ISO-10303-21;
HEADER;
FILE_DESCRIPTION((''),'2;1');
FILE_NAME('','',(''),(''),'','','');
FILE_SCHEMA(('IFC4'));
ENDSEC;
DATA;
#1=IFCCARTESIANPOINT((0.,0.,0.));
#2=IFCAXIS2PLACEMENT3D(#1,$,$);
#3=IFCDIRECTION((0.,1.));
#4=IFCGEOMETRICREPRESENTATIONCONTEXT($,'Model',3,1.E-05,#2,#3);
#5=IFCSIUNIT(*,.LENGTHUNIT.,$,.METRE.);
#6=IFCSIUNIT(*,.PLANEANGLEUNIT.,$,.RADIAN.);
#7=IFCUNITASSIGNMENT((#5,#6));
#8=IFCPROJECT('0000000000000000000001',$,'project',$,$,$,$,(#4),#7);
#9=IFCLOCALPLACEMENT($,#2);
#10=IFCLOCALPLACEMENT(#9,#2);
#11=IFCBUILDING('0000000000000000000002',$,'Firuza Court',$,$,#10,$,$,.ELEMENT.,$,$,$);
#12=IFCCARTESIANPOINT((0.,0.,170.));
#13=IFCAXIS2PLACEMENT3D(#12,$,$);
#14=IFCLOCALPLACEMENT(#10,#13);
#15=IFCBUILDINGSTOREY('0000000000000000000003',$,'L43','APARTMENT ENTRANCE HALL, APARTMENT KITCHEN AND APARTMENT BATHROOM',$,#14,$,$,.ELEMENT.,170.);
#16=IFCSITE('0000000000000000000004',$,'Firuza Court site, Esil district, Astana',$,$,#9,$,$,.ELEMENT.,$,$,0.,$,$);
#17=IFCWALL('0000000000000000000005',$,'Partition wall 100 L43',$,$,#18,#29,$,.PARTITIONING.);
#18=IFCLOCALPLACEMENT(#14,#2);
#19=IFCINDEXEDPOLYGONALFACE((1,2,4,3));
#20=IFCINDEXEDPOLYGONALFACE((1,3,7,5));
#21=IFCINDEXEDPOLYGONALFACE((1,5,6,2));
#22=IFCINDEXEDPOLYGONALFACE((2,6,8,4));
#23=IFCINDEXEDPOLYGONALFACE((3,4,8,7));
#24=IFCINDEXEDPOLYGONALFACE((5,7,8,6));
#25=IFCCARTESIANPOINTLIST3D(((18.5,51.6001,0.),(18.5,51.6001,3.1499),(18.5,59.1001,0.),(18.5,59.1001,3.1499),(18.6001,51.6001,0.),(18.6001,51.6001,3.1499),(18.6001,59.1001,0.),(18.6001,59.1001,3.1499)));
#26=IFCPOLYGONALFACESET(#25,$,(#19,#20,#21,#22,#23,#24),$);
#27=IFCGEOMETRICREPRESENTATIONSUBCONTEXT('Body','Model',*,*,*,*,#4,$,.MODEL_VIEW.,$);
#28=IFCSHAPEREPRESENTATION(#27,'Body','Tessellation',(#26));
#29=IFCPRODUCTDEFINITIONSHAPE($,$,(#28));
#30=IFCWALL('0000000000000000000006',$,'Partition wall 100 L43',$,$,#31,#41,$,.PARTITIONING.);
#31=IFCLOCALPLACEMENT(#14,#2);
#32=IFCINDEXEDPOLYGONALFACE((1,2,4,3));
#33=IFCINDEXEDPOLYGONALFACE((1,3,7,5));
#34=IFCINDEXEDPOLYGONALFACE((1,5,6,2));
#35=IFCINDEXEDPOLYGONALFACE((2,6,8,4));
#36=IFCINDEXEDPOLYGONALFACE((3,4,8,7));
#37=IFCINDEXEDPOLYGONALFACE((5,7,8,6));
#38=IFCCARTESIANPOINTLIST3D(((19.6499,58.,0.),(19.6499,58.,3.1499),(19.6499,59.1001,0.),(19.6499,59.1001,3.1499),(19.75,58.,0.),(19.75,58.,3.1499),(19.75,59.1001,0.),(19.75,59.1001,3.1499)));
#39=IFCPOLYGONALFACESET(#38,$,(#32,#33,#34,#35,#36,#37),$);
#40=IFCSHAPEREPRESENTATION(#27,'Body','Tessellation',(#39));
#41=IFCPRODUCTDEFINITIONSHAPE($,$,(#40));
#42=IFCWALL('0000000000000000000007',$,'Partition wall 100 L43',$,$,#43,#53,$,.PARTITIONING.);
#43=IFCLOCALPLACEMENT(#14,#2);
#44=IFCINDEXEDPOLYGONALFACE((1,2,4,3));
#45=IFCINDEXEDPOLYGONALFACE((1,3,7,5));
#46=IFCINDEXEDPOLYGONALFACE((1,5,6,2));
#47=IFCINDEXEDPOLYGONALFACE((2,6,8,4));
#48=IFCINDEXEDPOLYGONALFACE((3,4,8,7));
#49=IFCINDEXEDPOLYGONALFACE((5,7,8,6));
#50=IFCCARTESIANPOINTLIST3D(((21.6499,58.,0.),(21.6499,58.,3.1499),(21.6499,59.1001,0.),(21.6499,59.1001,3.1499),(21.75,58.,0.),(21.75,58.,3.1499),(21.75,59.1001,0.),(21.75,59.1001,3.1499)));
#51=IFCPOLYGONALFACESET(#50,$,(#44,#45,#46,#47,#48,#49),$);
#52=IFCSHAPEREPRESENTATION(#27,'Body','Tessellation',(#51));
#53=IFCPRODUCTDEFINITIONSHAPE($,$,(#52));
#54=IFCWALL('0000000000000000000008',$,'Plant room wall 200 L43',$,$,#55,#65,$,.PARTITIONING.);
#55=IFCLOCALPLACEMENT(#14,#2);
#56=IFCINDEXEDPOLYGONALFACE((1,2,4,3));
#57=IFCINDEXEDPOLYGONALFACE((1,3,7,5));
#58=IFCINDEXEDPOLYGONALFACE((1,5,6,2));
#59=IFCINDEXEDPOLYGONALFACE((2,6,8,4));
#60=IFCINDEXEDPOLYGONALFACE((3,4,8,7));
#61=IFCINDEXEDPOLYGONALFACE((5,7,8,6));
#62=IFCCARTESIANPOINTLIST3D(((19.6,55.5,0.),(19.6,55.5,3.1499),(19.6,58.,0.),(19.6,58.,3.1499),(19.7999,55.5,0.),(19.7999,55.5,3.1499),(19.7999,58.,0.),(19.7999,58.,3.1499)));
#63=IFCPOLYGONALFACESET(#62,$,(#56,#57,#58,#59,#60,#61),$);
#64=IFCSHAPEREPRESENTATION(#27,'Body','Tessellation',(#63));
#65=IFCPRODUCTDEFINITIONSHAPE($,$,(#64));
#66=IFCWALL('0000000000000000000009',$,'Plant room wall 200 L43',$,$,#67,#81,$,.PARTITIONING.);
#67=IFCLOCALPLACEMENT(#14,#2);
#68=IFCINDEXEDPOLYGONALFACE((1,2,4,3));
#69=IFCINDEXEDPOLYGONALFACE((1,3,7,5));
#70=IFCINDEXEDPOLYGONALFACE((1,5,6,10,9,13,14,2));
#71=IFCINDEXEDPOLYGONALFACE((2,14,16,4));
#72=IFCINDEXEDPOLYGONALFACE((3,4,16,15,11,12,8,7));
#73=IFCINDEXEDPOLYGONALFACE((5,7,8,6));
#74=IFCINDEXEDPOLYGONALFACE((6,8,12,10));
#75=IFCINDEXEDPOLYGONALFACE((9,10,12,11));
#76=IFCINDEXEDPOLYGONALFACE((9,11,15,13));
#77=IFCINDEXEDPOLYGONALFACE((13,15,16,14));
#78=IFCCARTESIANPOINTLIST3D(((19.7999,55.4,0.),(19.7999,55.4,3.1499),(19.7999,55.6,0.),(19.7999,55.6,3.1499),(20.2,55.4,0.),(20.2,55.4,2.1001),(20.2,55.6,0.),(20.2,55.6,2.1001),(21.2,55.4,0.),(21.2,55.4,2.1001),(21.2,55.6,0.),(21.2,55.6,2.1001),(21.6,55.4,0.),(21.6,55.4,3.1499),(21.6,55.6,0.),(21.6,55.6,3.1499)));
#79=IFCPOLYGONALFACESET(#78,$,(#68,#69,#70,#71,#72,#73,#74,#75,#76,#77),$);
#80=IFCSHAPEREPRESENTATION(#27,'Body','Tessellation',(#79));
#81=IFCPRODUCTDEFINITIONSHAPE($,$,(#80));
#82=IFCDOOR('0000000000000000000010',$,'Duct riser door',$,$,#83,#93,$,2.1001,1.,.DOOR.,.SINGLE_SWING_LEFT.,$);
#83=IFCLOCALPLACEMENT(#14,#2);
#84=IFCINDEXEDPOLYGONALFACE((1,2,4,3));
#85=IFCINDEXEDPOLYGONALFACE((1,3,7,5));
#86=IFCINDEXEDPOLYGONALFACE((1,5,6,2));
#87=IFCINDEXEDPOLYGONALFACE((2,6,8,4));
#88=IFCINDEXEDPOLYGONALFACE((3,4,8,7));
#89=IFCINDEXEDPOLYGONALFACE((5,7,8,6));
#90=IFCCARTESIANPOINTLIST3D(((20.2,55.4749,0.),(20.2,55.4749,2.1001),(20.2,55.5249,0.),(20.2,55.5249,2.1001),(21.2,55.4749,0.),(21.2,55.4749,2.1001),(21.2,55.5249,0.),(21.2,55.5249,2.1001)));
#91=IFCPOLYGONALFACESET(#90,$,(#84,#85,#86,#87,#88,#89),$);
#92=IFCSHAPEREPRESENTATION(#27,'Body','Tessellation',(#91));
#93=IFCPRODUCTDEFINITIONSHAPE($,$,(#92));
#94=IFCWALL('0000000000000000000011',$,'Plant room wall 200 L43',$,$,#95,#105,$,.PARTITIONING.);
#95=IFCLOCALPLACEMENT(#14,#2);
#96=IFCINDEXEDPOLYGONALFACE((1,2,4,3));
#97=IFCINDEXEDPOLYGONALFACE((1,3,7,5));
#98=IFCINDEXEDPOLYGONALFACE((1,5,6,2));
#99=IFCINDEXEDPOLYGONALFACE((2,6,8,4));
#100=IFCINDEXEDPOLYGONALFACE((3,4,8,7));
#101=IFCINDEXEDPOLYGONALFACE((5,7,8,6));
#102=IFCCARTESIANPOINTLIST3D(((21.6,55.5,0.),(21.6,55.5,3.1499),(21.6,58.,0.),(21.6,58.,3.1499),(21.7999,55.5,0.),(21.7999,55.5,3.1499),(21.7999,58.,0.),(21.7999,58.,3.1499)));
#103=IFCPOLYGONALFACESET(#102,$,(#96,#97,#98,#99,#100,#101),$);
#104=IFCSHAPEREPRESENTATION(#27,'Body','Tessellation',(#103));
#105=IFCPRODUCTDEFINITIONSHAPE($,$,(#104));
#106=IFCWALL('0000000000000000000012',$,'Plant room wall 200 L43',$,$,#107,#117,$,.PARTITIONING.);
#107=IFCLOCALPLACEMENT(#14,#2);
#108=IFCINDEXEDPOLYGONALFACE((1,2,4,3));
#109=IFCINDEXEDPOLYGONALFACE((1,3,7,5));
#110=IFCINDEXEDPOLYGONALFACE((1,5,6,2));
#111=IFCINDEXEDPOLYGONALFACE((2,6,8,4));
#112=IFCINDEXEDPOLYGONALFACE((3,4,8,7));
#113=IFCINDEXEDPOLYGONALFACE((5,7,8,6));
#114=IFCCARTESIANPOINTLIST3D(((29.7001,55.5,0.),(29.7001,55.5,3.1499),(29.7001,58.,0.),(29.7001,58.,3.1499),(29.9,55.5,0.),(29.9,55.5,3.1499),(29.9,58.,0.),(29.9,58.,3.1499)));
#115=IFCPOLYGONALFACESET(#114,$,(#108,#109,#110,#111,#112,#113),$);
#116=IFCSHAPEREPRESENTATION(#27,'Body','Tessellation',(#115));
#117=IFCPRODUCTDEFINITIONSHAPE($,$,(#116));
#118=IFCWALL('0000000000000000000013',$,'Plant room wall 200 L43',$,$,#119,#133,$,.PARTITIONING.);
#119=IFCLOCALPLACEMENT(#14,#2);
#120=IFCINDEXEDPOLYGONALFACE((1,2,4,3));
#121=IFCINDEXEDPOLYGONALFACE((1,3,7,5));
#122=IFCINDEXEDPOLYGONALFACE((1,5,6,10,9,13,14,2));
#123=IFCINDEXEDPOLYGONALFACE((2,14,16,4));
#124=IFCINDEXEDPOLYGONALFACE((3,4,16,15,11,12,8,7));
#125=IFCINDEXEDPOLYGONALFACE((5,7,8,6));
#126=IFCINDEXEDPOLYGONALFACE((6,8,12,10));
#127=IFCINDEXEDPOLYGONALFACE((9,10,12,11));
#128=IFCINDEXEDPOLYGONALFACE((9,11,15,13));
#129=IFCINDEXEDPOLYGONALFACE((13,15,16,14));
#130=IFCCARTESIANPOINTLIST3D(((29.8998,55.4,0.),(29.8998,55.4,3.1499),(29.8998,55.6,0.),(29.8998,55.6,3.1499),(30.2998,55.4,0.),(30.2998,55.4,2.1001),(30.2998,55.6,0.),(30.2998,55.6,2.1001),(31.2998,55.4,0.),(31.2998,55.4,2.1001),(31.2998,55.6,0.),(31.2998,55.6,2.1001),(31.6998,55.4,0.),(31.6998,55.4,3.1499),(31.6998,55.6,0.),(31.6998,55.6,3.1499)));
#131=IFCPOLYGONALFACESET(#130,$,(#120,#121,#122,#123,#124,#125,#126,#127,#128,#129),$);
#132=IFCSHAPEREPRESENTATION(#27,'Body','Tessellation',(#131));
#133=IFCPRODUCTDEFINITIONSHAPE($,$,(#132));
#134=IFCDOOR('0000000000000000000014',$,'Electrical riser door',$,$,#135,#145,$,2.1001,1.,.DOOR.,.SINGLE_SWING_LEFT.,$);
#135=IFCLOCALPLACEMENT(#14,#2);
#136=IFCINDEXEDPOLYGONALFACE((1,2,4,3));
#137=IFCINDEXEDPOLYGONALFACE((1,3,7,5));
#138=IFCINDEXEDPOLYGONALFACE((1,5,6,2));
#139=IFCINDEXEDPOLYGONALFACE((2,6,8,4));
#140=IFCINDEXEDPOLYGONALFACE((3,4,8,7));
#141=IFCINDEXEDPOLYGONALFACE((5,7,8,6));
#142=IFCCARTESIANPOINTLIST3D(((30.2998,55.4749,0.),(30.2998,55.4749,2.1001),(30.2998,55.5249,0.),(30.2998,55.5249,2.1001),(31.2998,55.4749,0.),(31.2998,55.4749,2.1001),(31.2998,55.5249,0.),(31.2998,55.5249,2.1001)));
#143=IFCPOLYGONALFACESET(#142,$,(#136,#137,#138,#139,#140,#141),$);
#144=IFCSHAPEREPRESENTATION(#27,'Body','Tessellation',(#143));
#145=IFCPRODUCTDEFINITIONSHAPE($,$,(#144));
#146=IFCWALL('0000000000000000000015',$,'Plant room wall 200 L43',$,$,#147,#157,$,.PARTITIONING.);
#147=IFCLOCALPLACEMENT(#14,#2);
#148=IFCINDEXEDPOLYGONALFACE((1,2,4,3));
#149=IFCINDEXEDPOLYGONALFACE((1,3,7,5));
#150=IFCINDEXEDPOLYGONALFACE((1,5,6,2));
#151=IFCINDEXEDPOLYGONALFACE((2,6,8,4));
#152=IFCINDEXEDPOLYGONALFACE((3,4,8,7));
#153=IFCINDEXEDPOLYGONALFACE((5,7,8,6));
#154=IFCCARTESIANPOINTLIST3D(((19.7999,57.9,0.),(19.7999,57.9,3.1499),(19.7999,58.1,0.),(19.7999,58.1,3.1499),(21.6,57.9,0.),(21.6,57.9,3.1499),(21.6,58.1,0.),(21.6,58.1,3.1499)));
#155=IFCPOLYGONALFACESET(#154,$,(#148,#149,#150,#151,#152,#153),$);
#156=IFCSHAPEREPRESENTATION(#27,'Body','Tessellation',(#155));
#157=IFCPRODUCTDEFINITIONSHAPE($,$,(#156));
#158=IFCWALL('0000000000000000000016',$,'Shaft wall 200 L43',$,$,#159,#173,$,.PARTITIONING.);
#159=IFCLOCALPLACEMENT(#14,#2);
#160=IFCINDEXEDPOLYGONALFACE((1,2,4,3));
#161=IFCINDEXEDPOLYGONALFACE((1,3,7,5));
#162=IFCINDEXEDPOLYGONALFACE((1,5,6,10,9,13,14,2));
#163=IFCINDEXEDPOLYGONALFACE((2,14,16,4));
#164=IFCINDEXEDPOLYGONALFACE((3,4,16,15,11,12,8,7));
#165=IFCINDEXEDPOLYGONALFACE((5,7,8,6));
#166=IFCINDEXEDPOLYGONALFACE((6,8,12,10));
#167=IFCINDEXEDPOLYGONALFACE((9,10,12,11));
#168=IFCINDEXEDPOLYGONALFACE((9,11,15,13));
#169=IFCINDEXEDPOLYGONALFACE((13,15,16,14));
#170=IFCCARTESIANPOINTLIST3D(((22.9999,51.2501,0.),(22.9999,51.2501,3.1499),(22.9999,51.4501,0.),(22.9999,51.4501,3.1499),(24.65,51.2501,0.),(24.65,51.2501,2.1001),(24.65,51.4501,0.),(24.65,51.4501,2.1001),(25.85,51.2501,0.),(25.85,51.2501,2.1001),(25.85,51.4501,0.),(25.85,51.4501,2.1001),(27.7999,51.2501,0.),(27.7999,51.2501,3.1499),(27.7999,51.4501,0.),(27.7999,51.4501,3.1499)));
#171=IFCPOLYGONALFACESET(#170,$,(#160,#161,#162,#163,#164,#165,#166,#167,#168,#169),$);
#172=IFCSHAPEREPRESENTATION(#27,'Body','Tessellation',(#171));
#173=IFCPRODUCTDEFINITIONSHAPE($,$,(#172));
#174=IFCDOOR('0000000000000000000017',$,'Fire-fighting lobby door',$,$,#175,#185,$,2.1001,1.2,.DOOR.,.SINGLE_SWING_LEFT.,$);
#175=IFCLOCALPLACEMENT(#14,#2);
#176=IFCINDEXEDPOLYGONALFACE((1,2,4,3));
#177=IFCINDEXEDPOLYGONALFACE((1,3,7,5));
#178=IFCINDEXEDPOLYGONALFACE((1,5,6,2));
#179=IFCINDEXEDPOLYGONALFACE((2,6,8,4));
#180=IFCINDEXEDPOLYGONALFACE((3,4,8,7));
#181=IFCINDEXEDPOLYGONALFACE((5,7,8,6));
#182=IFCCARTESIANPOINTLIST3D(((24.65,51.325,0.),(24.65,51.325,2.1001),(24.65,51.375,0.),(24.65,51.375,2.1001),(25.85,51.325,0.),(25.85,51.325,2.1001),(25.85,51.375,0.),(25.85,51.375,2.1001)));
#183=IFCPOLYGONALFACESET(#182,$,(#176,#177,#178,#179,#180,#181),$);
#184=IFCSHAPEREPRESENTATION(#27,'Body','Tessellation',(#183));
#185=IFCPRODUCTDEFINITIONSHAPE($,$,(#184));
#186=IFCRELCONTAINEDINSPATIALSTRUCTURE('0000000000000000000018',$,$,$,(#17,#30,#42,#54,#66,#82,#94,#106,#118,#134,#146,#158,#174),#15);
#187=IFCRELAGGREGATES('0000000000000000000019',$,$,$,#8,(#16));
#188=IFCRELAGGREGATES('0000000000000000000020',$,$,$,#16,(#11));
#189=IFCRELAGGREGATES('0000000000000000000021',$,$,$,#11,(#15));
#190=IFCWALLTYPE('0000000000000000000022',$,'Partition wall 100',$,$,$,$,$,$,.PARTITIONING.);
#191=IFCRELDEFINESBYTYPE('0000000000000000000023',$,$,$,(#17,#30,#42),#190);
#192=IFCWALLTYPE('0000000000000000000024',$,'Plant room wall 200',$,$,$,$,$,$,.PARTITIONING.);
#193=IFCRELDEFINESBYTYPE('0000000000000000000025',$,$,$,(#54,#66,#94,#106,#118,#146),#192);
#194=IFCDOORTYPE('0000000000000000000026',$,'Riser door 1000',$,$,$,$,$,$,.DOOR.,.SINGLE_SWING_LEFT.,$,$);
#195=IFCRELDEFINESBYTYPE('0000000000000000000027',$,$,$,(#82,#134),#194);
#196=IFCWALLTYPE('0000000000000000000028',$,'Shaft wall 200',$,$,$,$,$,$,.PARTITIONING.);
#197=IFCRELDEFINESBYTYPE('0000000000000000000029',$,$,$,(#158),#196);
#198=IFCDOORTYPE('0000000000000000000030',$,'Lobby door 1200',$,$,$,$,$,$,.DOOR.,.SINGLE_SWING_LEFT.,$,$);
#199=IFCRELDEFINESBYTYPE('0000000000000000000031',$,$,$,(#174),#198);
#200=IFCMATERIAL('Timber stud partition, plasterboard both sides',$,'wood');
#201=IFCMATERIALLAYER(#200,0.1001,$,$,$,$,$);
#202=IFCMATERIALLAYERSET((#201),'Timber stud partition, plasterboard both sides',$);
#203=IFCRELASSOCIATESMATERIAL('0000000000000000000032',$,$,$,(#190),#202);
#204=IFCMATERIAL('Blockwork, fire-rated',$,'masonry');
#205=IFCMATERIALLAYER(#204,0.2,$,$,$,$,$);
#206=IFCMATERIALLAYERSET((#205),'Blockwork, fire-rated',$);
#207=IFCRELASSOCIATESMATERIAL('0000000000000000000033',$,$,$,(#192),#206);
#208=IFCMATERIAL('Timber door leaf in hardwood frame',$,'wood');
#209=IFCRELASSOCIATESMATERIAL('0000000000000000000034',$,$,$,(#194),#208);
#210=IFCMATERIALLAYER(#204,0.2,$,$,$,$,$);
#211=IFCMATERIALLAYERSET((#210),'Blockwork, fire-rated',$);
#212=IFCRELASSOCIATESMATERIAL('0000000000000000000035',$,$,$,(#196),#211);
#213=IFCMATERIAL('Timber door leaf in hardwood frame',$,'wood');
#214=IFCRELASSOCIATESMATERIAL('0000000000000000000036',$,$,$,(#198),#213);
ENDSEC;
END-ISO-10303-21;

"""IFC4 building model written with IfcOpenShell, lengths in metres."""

from ifc_helpers import new_model, si_unit, direction, frame, frame_2d, origin, place, context, subcontext, project, spatial, rectangle, extrude, material, layer, layer_set, type_object, element, fill, save


model = new_model("IFC4")

# Units and contexts
model_context = context("Model", 3, precision=1e-05, world=origin(), true_north=direction((0.0, 1.0)))
body_context = subcontext(model_context, "Body", "Model", "MODEL_VIEW")
ifc_project = project(units=[si_unit("LENGTHUNIT", "METRE"), si_unit("PLANEANGLEUNIT", "RADIAN")], contexts=[model_context])

# Site, building, storey
site_placement = place(None, origin())
site = spatial("IfcSite", under=ifc_project, at=site_placement, Name="Firuza Court site, Esil district, Astana", CompositionType="ELEMENT", RefElevation=0.0)
building_placement = place(site_placement, origin())
building = spatial("IfcBuilding", under=site, at=building_placement, Name="Firuza Court", CompositionType="ELEMENT")
storey_placement = place(building_placement, frame((0.0, 0.0, 170.0)))
storey = spatial("IfcBuildingStorey", under=building, at=storey_placement, Name="L43", Description="APARTMENT ENTRANCE HALL, APARTMENT KITCHEN AND APARTMENT BATHROOM", CompositionType="ELEMENT", Elevation=170.0)

# Walls
ifc_material_1 = material(Name="Timber stud partition, plasterboard both sides", Category="wood")
ifc_layer_1 = layer(ifc_material_1, 0.1001)
ifc_layer_set_1 = layer_set([ifc_layer_1], Name="Timber stud partition, plasterboard both sides")
wall_type_1 = type_object("IfcWallType", Name="Partition wall 100", PredefinedType="PARTITIONING", material=ifc_layer_set_1)
wall_1_placement = place(storey_placement, frame((18.55, 51.6001, 0.0), z_axis=(0.0, 0.0, 1.0), x_axis=(0.0, 1.0, 0.0)))
element("IfcWall", 1, at=wall_1_placement, inside=storey, type_object=wall_type_1, Name="Partition wall 100 L43", PredefinedType="PARTITIONING", context=body_context, shape_type="SweptSolid", body=[
    extrude(rectangle(XDim=7.5, YDim=0.1001, at=frame_2d((3.75, 0.0))), origin(), (0.0, 0.0, 1.0), 3.1499),
])
for number, where, z_axis, x_axis, name in (
    (2, (19.7, 58.0, 0.0), (0.0, 0.0, 1.0), (0.0, 1.0, 0.0), "Partition wall 100 L43"),
    (3, (21.7, 58.0, 0.0), (0.0, 0.0, 1.0), (0.0, 1.0, 0.0), "Partition wall 100 L43"),
):
    element("IfcWall", number, at=place(storey_placement, frame(where, z_axis=z_axis, x_axis=x_axis)), inside=storey, type_object=wall_type_1, Name=name, PredefinedType="PARTITIONING", context=body_context, shape_type="SweptSolid", body=[
        extrude(rectangle(XDim=1.1001, YDim=0.1001, at=frame_2d((0.55, 0.0))), origin(), (0.0, 0.0, 1.0), 3.1499),
    ])
ifc_material_2 = material(Name="Blockwork, fire-rated", Category="masonry")
ifc_layer_2 = layer(ifc_material_2, 0.2)
ifc_layer_set_2 = layer_set([ifc_layer_2], Name="Blockwork, fire-rated")
wall_type_2 = type_object("IfcWallType", Name="Plant room wall 200", PredefinedType="PARTITIONING", material=ifc_layer_set_2)
wall_2_placement = place(storey_placement, frame((19.7, 55.5, 0.0), z_axis=(0.0, 0.0, 1.0), x_axis=(0.0, 1.0, 0.0)))
element("IfcWall", 4, at=wall_2_placement, inside=storey, type_object=wall_type_2, Name="Plant room wall 200 L43", PredefinedType="PARTITIONING", context=body_context, shape_type="SweptSolid", body=[
    extrude(rectangle(XDim=2.5, YDim=0.2, at=frame_2d((1.25, 0.0))), origin(), (0.0, 0.0, 1.0), 3.1499),
])

# Wall, opening, door
wall_3_placement = place(storey_placement, frame((19.8, 55.5, 0.0), z_axis=(0.0, 0.0, 1.0), x_axis=(1.0, 0.0, 0.0)))
wall_3 = element("IfcWall", 5, at=wall_3_placement, inside=storey, type_object=wall_type_2, Name="Plant room wall 200 L43", PredefinedType="PARTITIONING", context=body_context, shape_type="SweptSolid", body=[
    extrude(rectangle(XDim=1.8, YDim=0.2, at=frame_2d((0.8999, 0.0))), origin(), (0.0, 0.0, 1.0), 3.1499),
])
opening_1_placement = place(wall_3_placement, frame((0.3999, 0.0, 0.0)))
opening_1 = element("IfcOpeningElement", 6, at=opening_1_placement, cuts=wall_3, PredefinedType="OPENING", context=body_context, shape_type="SweptSolid", body=[
    extrude(rectangle(XDim=1.0, YDim=2.1001, at=frame_2d((0.5, 1.05))), frame((0.0, 0.1118, 0.0), z_axis=(0.0, -1.0, 0.0), x_axis=(1.0, 0.0, 0.0)), (0.0, 0.0, 1.0), 0.2239),
])
ifc_material_3 = material(Name="Timber door leaf in hardwood frame", Category="wood")
door_type_1 = type_object("IfcDoorType", Name="Riser door 1000", OperationType="SINGLE_SWING_LEFT", PredefinedType="DOOR", material=ifc_material_3)
door_1_placement = place(opening_1_placement, origin())
door_1 = element("IfcDoor", 7, at=door_1_placement, inside=storey, type_object=door_type_1, Name="Duct riser door", OperationType="SINGLE_SWING_LEFT", OverallHeight=2.1001, OverallWidth=1.0, PredefinedType="DOOR", context=body_context, shape_type="SweptSolid", body=[
    extrude(rectangle(XDim=1.0, YDim=2.1001, at=frame_2d((0.5, 1.05))), frame((0.0, 0.0249, 0.0), z_axis=(0.0, -1.0, 0.0), x_axis=(1.0, 0.0, 0.0)), (0.0, 0.0, 1.0), 0.05),
])
fill(opening_1, door_1)

# Walls
for number, where, z_axis, x_axis, name in (
    (8, (21.7, 55.5, 0.0), (0.0, 0.0, 1.0), (0.0, 1.0, 0.0), "Plant room wall 200 L43"),
    (9, (29.8, 55.5, 0.0), (0.0, 0.0, 1.0), (0.0, 1.0, 0.0), "Plant room wall 200 L43"),
):
    element("IfcWall", number, at=place(storey_placement, frame(where, z_axis=z_axis, x_axis=x_axis)), inside=storey, type_object=wall_type_2, Name=name, PredefinedType="PARTITIONING", context=body_context, shape_type="SweptSolid", body=[
        extrude(rectangle(XDim=2.5, YDim=0.2, at=frame_2d((1.25, 0.0))), origin(), (0.0, 0.0, 1.0), 3.1499),
    ])

# Wall, opening, door
wall_4_placement = place(storey_placement, frame((29.8999, 55.5, 0.0), z_axis=(0.0, 0.0, 1.0), x_axis=(1.0, 0.0, 0.0)))
wall_4 = element("IfcWall", 10, at=wall_4_placement, inside=storey, type_object=wall_type_2, Name="Plant room wall 200 L43", PredefinedType="PARTITIONING", context=body_context, shape_type="SweptSolid", body=[
    extrude(rectangle(XDim=1.8, YDim=0.2, at=frame_2d((0.8999, 0.0))), origin(), (0.0, 0.0, 1.0), 3.1499),
])
opening_2_placement = place(wall_4_placement, frame((0.3999, 0.0, 0.0)))
opening_2 = element("IfcOpeningElement", 11, at=opening_2_placement, cuts=wall_4, PredefinedType="OPENING", context=body_context, shape_type="SweptSolid", body=[
    extrude(rectangle(XDim=1.0, YDim=2.1001, at=frame_2d((0.5, 1.05))), frame((0.0, 0.1118, 0.0), z_axis=(0.0, -1.0, 0.0), x_axis=(1.0, 0.0, 0.0)), (0.0, 0.0, 1.0), 0.2239),
])
door_2_placement = place(opening_2_placement, origin())
door_2 = element("IfcDoor", 12, at=door_2_placement, inside=storey, type_object=door_type_1, Name="Electrical riser door", OperationType="SINGLE_SWING_LEFT", OverallHeight=2.1001, OverallWidth=1.0, PredefinedType="DOOR", context=body_context, shape_type="SweptSolid", body=[
    extrude(rectangle(XDim=1.0, YDim=2.1001, at=frame_2d((0.5, 1.05))), frame((0.0, 0.0249, 0.0), z_axis=(0.0, -1.0, 0.0), x_axis=(1.0, 0.0, 0.0)), (0.0, 0.0, 1.0), 0.05),
])
fill(opening_2, door_2)

# Wall
wall_5_placement = place(storey_placement, frame((19.8, 58.0, 0.0), z_axis=(0.0, 0.0, 1.0), x_axis=(1.0, 0.0, 0.0)))
element("IfcWall", 13, at=wall_5_placement, inside=storey, type_object=wall_type_2, Name="Plant room wall 200 L43", PredefinedType="PARTITIONING", context=body_context, shape_type="SweptSolid", body=[
    extrude(rectangle(XDim=1.8, YDim=0.2, at=frame_2d((0.8999, 0.0))), origin(), (0.0, 0.0, 1.0), 3.1499),
])

# Wall, opening, door
ifc_layer_3 = layer(ifc_material_2, 0.2)
ifc_layer_set_3 = layer_set([ifc_layer_3], Name="Blockwork, fire-rated")
wall_type_3 = type_object("IfcWallType", Name="Shaft wall 200", PredefinedType="PARTITIONING", material=ifc_layer_set_3)
wall_6_placement = place(storey_placement, frame((23.0, 51.3501, 0.0), z_axis=(0.0, 0.0, 1.0), x_axis=(1.0, 0.0, 0.0)))
wall_6 = element("IfcWall", 14, at=wall_6_placement, inside=storey, type_object=wall_type_3, Name="Shaft wall 200 L43", PredefinedType="PARTITIONING", context=body_context, shape_type="SweptSolid", body=[
    extrude(rectangle(XDim=4.8, YDim=0.2, at=frame_2d((2.3999, 0.0))), origin(), (0.0, 0.0, 1.0), 3.1499),
])
opening_3_placement = place(wall_6_placement, frame((1.6499, 0.0, 0.0)))
opening_3 = element("IfcOpeningElement", 15, at=opening_3_placement, cuts=wall_6, PredefinedType="OPENING", context=body_context, shape_type="SweptSolid", body=[
    extrude(rectangle(XDim=1.2, YDim=2.1001, at=frame_2d((0.6001, 1.05))), frame((0.0, 0.1118, 0.0), z_axis=(0.0, -1.0, 0.0), x_axis=(1.0, 0.0, 0.0)), (0.0, 0.0, 1.0), 0.2239),
])
ifc_material_4 = material(Name="Timber door leaf in hardwood frame", Category="wood")
door_type_2 = type_object("IfcDoorType", Name="Lobby door 1200", OperationType="SINGLE_SWING_LEFT", PredefinedType="DOOR", material=ifc_material_4)
door_3_placement = place(opening_3_placement, origin())
door_3 = element("IfcDoor", 16, at=door_3_placement, inside=storey, type_object=door_type_2, Name="Fire-fighting lobby door", OperationType="SINGLE_SWING_LEFT", OverallHeight=2.1001, OverallWidth=1.2, PredefinedType="DOOR", context=body_context, shape_type="SweptSolid", body=[
    extrude(rectangle(XDim=1.2, YDim=2.1001, at=frame_2d((0.6001, 1.05))), frame((0.0, 0.0249, 0.0), z_axis=(0.0, -1.0, 0.0), x_axis=(1.0, 0.0, 0.0)), (0.0, 0.0, 1.0), 0.05),
])
fill(opening_3, door_3)

save(model, "model.ifc")
